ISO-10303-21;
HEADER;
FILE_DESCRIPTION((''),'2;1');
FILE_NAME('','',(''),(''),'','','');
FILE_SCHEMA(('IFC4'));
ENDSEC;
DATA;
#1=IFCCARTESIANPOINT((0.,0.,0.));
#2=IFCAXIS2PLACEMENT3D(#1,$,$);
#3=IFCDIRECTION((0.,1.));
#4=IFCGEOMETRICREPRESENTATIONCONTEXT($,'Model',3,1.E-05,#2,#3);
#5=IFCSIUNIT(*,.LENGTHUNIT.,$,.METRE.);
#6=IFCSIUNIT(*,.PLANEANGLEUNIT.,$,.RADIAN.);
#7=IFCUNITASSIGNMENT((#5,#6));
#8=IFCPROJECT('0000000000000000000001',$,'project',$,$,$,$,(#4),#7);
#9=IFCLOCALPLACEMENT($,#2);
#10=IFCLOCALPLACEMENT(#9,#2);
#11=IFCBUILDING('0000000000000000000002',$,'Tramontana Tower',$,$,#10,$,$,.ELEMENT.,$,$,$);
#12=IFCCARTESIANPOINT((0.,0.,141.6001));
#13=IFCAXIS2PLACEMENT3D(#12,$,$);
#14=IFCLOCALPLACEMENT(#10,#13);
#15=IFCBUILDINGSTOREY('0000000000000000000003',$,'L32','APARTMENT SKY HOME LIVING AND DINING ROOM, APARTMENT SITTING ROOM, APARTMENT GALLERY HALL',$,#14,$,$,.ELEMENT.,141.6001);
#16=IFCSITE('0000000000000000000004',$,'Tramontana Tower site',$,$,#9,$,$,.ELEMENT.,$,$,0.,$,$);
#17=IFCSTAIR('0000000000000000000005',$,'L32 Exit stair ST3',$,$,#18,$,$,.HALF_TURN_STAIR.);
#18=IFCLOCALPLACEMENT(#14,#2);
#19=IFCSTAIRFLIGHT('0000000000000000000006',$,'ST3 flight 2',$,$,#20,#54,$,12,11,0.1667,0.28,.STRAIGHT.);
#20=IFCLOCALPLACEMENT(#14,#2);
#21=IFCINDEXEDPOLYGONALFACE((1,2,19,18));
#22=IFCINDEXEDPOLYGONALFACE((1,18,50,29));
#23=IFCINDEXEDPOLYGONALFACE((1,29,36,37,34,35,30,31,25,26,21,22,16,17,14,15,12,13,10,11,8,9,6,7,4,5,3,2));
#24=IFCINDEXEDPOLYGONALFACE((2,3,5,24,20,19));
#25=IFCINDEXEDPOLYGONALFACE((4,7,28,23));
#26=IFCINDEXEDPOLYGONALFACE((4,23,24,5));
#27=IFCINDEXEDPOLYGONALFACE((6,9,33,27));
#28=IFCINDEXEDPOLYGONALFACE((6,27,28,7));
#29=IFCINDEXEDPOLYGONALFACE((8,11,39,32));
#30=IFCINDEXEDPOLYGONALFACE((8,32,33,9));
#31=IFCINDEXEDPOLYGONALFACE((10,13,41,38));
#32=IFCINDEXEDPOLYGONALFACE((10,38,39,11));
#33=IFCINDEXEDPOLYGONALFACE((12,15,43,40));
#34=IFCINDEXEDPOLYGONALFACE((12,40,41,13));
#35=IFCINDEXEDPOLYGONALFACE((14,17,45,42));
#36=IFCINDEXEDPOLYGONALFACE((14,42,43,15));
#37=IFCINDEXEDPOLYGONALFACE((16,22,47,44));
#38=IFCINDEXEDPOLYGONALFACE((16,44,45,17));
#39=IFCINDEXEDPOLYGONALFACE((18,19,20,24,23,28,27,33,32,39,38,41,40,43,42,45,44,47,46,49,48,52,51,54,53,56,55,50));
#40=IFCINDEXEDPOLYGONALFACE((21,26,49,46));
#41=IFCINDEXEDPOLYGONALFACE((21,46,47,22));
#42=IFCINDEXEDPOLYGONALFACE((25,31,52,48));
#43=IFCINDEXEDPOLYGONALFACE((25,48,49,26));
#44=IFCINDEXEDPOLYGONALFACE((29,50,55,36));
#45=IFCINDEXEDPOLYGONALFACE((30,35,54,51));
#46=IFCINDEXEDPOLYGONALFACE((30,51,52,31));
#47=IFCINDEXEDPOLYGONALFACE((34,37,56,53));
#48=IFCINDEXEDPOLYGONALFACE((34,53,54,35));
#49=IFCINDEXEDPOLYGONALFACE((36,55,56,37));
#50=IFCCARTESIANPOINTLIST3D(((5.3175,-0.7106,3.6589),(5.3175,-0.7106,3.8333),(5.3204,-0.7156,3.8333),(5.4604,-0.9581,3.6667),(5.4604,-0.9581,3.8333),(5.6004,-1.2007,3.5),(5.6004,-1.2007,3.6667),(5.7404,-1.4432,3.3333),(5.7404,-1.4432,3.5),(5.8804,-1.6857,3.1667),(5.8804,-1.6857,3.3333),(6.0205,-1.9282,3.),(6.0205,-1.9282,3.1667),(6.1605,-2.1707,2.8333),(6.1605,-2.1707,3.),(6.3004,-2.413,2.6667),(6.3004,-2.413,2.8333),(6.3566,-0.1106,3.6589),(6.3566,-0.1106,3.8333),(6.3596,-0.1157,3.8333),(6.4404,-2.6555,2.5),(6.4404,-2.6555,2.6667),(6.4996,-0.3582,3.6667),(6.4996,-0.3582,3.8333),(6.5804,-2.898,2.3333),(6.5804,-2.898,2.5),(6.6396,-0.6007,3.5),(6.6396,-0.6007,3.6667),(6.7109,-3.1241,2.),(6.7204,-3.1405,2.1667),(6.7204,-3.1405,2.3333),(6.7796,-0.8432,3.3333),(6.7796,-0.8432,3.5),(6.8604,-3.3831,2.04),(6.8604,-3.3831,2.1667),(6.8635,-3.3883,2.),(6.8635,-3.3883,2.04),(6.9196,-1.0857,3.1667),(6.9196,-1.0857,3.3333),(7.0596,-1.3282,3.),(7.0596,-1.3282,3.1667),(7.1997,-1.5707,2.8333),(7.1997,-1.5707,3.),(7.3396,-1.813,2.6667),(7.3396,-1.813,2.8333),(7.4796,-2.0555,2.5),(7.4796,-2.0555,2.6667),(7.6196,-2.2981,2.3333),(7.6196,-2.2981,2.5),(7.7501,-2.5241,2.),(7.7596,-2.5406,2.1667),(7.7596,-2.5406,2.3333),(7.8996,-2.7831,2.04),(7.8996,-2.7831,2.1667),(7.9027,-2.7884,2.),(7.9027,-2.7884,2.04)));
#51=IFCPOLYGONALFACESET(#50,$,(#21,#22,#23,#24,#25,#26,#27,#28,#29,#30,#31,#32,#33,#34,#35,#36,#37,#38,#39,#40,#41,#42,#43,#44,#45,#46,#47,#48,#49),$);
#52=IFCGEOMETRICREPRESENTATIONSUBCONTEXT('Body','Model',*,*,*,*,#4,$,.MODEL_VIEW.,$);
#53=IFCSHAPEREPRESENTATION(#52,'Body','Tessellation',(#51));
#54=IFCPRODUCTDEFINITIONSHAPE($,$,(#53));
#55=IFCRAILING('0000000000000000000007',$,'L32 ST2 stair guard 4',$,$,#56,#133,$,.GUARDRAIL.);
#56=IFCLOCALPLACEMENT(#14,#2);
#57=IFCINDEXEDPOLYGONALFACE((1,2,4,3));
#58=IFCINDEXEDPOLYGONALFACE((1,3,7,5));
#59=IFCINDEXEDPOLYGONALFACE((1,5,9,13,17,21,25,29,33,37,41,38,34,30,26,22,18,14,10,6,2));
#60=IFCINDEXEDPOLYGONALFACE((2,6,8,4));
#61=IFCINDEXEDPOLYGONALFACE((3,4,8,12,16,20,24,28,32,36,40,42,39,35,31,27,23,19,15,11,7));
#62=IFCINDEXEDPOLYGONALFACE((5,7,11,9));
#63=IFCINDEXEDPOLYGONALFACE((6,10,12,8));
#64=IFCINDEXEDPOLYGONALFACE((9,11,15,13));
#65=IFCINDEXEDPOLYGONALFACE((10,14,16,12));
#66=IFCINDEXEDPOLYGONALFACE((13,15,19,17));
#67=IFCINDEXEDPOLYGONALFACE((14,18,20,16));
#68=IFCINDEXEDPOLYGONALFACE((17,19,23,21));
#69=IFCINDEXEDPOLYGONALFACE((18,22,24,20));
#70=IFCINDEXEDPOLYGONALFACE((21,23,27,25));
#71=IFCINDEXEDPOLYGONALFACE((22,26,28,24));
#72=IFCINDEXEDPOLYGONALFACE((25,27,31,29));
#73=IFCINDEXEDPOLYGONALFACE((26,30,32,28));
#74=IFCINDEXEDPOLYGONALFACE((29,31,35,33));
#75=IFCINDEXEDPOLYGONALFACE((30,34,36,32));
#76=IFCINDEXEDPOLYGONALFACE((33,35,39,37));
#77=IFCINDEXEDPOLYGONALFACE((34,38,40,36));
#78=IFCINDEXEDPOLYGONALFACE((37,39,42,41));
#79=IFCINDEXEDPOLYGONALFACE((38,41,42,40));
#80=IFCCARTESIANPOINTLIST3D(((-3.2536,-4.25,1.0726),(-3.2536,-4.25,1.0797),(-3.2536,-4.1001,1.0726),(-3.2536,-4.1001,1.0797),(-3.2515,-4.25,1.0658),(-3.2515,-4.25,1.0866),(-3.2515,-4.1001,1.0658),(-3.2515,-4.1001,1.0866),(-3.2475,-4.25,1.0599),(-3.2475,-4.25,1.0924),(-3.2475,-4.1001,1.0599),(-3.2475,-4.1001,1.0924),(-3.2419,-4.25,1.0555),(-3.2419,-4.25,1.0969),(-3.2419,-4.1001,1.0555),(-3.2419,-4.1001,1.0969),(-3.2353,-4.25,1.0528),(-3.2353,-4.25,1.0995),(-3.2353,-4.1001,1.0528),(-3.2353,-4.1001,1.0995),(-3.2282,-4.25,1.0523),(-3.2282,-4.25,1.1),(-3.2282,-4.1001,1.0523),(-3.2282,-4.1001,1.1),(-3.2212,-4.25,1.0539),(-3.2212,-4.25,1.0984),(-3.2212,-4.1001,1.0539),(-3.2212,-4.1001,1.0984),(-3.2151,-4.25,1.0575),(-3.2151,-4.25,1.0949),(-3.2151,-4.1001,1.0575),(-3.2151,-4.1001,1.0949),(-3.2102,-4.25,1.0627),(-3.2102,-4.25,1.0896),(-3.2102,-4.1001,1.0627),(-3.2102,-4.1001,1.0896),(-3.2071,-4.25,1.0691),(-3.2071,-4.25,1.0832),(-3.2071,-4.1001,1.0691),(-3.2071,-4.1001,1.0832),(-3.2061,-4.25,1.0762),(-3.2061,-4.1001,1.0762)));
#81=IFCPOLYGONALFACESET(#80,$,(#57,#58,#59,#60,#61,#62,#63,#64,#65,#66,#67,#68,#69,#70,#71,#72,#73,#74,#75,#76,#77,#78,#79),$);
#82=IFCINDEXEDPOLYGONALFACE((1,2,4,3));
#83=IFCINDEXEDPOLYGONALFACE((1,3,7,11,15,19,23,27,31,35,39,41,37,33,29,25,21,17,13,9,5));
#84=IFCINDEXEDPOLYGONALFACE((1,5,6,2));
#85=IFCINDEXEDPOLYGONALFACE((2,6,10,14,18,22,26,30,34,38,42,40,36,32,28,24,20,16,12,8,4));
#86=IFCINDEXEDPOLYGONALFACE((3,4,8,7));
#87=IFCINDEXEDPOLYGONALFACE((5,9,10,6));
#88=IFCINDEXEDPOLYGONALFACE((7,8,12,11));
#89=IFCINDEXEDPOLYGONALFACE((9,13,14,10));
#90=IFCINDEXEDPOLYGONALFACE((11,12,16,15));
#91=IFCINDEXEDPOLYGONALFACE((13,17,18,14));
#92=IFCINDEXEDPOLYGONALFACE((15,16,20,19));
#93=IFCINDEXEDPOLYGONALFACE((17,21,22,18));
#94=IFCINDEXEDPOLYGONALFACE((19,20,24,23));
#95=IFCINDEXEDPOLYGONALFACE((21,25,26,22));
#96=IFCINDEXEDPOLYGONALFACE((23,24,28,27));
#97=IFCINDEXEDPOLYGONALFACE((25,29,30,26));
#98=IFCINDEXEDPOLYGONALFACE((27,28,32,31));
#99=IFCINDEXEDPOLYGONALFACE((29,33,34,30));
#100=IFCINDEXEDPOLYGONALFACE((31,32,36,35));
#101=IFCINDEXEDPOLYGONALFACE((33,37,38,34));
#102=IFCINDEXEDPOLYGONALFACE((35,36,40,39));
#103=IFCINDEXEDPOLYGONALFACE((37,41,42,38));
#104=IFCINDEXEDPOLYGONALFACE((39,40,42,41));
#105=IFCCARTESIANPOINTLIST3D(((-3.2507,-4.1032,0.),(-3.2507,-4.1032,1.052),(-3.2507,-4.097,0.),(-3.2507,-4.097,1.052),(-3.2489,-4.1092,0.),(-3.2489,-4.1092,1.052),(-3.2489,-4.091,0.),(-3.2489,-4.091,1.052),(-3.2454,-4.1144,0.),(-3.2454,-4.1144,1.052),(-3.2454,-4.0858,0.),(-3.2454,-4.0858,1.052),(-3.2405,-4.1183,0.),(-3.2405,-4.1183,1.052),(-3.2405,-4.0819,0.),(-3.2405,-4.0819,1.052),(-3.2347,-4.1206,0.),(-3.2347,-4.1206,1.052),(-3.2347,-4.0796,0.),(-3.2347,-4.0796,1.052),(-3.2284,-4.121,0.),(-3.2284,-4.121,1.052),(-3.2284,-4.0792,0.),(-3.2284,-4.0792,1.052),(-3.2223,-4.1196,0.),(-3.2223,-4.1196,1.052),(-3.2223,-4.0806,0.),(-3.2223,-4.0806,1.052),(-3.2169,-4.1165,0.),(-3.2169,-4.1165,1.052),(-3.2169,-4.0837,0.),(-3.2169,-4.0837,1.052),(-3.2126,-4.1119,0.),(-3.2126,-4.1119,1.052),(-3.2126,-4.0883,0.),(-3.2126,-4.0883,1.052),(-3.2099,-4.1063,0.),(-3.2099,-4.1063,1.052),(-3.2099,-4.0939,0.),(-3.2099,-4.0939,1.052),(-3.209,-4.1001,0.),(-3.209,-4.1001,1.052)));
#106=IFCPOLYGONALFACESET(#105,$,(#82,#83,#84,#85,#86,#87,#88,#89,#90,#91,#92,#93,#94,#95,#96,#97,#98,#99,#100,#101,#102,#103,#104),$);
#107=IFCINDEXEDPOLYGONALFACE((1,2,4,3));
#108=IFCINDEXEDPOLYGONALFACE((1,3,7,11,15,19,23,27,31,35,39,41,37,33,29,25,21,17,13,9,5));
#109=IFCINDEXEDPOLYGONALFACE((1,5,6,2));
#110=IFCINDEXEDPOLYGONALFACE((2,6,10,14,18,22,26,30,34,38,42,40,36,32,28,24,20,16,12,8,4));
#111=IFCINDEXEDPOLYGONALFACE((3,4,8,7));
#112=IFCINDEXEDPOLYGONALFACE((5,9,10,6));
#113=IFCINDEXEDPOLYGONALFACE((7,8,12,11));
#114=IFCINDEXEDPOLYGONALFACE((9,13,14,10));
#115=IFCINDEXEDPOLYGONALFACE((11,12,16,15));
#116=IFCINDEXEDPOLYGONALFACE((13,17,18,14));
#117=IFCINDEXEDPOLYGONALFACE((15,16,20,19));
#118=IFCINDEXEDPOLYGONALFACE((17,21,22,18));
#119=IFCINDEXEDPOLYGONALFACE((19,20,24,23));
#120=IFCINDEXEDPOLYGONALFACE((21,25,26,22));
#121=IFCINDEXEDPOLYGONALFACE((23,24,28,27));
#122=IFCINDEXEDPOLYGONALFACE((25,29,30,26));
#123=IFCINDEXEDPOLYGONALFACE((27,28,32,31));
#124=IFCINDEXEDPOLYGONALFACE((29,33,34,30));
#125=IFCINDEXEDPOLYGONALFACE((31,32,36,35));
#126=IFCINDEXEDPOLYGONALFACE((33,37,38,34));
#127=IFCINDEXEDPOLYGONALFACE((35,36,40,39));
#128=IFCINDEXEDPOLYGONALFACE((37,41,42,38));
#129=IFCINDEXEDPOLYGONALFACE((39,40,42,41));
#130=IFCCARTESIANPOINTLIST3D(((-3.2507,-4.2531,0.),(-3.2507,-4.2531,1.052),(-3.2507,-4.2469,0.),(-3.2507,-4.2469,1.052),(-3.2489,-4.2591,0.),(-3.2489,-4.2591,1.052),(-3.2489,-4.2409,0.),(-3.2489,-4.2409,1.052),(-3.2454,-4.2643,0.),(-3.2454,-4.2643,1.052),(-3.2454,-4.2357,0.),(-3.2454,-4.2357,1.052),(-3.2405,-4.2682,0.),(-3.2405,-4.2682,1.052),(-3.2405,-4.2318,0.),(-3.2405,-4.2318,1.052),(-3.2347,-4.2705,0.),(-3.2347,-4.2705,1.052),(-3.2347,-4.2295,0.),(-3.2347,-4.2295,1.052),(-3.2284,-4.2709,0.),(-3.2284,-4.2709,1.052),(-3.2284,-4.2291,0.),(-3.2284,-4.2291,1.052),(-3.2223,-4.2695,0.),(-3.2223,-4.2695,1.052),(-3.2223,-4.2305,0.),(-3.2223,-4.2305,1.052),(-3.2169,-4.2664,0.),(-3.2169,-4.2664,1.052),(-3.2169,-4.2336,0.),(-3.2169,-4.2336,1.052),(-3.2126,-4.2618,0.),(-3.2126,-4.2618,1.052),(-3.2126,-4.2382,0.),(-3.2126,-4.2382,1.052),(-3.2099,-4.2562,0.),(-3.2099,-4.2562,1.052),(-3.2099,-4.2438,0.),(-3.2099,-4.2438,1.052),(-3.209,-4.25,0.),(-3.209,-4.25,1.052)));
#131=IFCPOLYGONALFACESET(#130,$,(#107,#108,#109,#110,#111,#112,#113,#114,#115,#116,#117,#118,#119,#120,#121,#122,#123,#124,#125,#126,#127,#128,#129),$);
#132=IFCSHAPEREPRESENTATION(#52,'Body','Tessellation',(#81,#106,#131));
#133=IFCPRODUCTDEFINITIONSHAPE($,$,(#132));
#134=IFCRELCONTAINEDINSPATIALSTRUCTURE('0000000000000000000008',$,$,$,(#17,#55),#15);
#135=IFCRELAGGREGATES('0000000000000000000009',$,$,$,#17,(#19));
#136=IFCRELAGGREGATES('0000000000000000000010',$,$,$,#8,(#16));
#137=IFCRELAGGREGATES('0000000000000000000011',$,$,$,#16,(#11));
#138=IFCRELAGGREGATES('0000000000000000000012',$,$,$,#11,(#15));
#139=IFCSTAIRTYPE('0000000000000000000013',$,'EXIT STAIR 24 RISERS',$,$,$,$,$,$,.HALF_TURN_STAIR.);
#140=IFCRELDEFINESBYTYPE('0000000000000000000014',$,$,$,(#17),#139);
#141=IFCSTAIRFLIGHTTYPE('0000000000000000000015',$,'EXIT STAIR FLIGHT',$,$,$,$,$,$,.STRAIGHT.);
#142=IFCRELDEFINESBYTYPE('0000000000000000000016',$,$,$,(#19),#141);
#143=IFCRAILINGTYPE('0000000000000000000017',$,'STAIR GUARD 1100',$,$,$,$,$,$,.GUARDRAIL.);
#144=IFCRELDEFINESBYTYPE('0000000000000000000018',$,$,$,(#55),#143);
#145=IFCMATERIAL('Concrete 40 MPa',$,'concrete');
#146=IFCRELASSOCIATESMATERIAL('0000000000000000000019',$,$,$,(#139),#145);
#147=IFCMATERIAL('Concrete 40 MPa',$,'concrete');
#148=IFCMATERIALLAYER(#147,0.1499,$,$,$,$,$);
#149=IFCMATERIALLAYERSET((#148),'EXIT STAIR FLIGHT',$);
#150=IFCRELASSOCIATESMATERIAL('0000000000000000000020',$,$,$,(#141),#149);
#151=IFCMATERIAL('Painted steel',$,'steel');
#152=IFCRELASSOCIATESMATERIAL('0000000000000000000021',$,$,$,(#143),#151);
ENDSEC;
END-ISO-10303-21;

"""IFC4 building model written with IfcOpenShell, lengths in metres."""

from ifc_helpers import new_model, si_unit, direction, frame, origin, origin_2d, place, context, subcontext, project, spatial, polyline, circle, outline, extrude, material, layer, layer_set, type_object, element, aggregate, save


model = new_model("IFC4")

# Units and contexts
model_context = context("Model", 3, precision=1e-05, world=origin(), true_north=direction((0.0, 1.0)))
body_context = subcontext(model_context, "Body", "Model", "MODEL_VIEW")
ifc_project = project(units=[si_unit("LENGTHUNIT", "METRE"), si_unit("PLANEANGLEUNIT", "RADIAN")], contexts=[model_context])

# Site, building, storey
site_placement = place(None, origin())
site = spatial("IfcSite", under=ifc_project, at=site_placement, Name="Tramontana Tower site", CompositionType="ELEMENT", RefElevation=0.0)
building_placement = place(site_placement, origin())
building = spatial("IfcBuilding", under=site, at=building_placement, Name="Tramontana Tower", CompositionType="ELEMENT")
storey_placement = place(building_placement, frame((0.0, 0.0, 141.6001)))
storey = spatial("IfcBuildingStorey", under=building, at=storey_placement, Name="L32", Description="APARTMENT SKY HOME LIVING AND DINING ROOM, APARTMENT SITTING ROOM, APARTMENT GALLERY HALL", CompositionType="ELEMENT", Elevation=141.6001)

# Stair, stair flight
ifc_material_1 = material(Name="Concrete 40 MPa", Category="concrete")
stair_type = type_object("IfcStairType", Name="EXIT STAIR 24 RISERS", PredefinedType="HALF_TURN_STAIR", material=ifc_material_1)
stair_placement = place(storey_placement, origin())
stair = element("IfcStair", 1, at=stair_placement, inside=storey, type_object=stair_type, Name="L32 Exit stair ST3", PredefinedType="HALF_TURN_STAIR")
ifc_material_2 = material(Name="Concrete 40 MPa", Category="concrete")
ifc_layer_1 = layer(ifc_material_2, 0.1499)
ifc_layer_set_1 = layer_set([ifc_layer_1], Name="EXIT STAIR FLIGHT")
stair_flight_type = type_object("IfcStairFlightType", Name="EXIT STAIR FLIGHT", PredefinedType="STRAIGHT", material=ifc_layer_set_1)
stair_flight_1_placement = place(storey_placement, frame((7.3801, -3.083, 2.0), z_axis=(0.0, 0.0, 1.0), x_axis=(-0.5, 0.866025, 0.0)))
stair_flight_1 = element("IfcStairFlight", 2, at=stair_flight_1_placement, type_object=stair_flight_type, Name="ST3 flight 2", NumberOfRisers=12, NumberOfTreads=11, PredefinedType="STRAIGHT", RiserHeight=0.1667, TreadLength=0.28, context=body_context, shape_type="SweptSolid", body=[
    extrude(outline(polyline([(-0.0061, 0.0), (-0.0061, 0.04), (0.0, 0.04), (0.0, 0.1667), (0.28, 0.1667), (0.28, 0.3333), (0.5601, 0.3333), (0.5601, 0.5), (0.8401, 0.5), (0.8401, 0.6667), (1.1201, 0.6667), (1.1201, 0.8333), (1.3999, 0.8333), (1.3999, 1.0), (1.6799, 1.0), (1.6799, 1.1667), (1.96, 1.1667), (1.96, 1.3333), (2.24, 1.3333), (2.24, 1.5), (2.52, 1.5), (2.52, 1.6667), (2.8, 1.6667), (2.8, 1.8333), (3.0801, 1.8333), (3.0859, 1.8333), (3.0859, 1.6589), (0.2991, 0.0), (-0.0061, 0.0)])), frame((0.0, 0.6001, 0.0), z_axis=(0.0, -1.0, 0.0), x_axis=(1.0, 0.0, 0.0)), (0.0, 0.0, 1.0), 1.2),
])
aggregate(stair, [stair_flight_1])

# Railing
ifc_material_3 = material(Name="Painted steel", Category="steel")
railing_type_1 = type_object("IfcRailingType", Name="STAIR GUARD 1100", PredefinedType="GUARDRAIL", material=ifc_material_3)
railing_1_placement = place(storey_placement, frame((-3.23, -4.1001, 0.0)))
element("IfcRailing", 3, at=railing_1_placement, inside=storey, type_object=railing_type_1, Name="L32 ST2 stair guard 4", PredefinedType="GUARDRAIL", context=body_context, shape_type="SweptSolid", body=[
    extrude(circle(Radius=0.0239, at=origin_2d()), frame((0.0, 0.0, 1.0762), z_axis=(0.0, -1.0, 0.0), x_axis=(1.0, 0.0, 0.0)), (0.0, 0.0, 1.0), 0.1499),
    extrude(circle(Radius=0.021, at=origin_2d()), origin(), (0.0, 0.0, 1.0), 1.052),
    extrude(circle(Radius=0.021, at=origin_2d()), frame((0.0, -0.1499, 0.0)), (0.0, 0.0, 1.0), 1.052),
])

save(model, "model.ifc")
